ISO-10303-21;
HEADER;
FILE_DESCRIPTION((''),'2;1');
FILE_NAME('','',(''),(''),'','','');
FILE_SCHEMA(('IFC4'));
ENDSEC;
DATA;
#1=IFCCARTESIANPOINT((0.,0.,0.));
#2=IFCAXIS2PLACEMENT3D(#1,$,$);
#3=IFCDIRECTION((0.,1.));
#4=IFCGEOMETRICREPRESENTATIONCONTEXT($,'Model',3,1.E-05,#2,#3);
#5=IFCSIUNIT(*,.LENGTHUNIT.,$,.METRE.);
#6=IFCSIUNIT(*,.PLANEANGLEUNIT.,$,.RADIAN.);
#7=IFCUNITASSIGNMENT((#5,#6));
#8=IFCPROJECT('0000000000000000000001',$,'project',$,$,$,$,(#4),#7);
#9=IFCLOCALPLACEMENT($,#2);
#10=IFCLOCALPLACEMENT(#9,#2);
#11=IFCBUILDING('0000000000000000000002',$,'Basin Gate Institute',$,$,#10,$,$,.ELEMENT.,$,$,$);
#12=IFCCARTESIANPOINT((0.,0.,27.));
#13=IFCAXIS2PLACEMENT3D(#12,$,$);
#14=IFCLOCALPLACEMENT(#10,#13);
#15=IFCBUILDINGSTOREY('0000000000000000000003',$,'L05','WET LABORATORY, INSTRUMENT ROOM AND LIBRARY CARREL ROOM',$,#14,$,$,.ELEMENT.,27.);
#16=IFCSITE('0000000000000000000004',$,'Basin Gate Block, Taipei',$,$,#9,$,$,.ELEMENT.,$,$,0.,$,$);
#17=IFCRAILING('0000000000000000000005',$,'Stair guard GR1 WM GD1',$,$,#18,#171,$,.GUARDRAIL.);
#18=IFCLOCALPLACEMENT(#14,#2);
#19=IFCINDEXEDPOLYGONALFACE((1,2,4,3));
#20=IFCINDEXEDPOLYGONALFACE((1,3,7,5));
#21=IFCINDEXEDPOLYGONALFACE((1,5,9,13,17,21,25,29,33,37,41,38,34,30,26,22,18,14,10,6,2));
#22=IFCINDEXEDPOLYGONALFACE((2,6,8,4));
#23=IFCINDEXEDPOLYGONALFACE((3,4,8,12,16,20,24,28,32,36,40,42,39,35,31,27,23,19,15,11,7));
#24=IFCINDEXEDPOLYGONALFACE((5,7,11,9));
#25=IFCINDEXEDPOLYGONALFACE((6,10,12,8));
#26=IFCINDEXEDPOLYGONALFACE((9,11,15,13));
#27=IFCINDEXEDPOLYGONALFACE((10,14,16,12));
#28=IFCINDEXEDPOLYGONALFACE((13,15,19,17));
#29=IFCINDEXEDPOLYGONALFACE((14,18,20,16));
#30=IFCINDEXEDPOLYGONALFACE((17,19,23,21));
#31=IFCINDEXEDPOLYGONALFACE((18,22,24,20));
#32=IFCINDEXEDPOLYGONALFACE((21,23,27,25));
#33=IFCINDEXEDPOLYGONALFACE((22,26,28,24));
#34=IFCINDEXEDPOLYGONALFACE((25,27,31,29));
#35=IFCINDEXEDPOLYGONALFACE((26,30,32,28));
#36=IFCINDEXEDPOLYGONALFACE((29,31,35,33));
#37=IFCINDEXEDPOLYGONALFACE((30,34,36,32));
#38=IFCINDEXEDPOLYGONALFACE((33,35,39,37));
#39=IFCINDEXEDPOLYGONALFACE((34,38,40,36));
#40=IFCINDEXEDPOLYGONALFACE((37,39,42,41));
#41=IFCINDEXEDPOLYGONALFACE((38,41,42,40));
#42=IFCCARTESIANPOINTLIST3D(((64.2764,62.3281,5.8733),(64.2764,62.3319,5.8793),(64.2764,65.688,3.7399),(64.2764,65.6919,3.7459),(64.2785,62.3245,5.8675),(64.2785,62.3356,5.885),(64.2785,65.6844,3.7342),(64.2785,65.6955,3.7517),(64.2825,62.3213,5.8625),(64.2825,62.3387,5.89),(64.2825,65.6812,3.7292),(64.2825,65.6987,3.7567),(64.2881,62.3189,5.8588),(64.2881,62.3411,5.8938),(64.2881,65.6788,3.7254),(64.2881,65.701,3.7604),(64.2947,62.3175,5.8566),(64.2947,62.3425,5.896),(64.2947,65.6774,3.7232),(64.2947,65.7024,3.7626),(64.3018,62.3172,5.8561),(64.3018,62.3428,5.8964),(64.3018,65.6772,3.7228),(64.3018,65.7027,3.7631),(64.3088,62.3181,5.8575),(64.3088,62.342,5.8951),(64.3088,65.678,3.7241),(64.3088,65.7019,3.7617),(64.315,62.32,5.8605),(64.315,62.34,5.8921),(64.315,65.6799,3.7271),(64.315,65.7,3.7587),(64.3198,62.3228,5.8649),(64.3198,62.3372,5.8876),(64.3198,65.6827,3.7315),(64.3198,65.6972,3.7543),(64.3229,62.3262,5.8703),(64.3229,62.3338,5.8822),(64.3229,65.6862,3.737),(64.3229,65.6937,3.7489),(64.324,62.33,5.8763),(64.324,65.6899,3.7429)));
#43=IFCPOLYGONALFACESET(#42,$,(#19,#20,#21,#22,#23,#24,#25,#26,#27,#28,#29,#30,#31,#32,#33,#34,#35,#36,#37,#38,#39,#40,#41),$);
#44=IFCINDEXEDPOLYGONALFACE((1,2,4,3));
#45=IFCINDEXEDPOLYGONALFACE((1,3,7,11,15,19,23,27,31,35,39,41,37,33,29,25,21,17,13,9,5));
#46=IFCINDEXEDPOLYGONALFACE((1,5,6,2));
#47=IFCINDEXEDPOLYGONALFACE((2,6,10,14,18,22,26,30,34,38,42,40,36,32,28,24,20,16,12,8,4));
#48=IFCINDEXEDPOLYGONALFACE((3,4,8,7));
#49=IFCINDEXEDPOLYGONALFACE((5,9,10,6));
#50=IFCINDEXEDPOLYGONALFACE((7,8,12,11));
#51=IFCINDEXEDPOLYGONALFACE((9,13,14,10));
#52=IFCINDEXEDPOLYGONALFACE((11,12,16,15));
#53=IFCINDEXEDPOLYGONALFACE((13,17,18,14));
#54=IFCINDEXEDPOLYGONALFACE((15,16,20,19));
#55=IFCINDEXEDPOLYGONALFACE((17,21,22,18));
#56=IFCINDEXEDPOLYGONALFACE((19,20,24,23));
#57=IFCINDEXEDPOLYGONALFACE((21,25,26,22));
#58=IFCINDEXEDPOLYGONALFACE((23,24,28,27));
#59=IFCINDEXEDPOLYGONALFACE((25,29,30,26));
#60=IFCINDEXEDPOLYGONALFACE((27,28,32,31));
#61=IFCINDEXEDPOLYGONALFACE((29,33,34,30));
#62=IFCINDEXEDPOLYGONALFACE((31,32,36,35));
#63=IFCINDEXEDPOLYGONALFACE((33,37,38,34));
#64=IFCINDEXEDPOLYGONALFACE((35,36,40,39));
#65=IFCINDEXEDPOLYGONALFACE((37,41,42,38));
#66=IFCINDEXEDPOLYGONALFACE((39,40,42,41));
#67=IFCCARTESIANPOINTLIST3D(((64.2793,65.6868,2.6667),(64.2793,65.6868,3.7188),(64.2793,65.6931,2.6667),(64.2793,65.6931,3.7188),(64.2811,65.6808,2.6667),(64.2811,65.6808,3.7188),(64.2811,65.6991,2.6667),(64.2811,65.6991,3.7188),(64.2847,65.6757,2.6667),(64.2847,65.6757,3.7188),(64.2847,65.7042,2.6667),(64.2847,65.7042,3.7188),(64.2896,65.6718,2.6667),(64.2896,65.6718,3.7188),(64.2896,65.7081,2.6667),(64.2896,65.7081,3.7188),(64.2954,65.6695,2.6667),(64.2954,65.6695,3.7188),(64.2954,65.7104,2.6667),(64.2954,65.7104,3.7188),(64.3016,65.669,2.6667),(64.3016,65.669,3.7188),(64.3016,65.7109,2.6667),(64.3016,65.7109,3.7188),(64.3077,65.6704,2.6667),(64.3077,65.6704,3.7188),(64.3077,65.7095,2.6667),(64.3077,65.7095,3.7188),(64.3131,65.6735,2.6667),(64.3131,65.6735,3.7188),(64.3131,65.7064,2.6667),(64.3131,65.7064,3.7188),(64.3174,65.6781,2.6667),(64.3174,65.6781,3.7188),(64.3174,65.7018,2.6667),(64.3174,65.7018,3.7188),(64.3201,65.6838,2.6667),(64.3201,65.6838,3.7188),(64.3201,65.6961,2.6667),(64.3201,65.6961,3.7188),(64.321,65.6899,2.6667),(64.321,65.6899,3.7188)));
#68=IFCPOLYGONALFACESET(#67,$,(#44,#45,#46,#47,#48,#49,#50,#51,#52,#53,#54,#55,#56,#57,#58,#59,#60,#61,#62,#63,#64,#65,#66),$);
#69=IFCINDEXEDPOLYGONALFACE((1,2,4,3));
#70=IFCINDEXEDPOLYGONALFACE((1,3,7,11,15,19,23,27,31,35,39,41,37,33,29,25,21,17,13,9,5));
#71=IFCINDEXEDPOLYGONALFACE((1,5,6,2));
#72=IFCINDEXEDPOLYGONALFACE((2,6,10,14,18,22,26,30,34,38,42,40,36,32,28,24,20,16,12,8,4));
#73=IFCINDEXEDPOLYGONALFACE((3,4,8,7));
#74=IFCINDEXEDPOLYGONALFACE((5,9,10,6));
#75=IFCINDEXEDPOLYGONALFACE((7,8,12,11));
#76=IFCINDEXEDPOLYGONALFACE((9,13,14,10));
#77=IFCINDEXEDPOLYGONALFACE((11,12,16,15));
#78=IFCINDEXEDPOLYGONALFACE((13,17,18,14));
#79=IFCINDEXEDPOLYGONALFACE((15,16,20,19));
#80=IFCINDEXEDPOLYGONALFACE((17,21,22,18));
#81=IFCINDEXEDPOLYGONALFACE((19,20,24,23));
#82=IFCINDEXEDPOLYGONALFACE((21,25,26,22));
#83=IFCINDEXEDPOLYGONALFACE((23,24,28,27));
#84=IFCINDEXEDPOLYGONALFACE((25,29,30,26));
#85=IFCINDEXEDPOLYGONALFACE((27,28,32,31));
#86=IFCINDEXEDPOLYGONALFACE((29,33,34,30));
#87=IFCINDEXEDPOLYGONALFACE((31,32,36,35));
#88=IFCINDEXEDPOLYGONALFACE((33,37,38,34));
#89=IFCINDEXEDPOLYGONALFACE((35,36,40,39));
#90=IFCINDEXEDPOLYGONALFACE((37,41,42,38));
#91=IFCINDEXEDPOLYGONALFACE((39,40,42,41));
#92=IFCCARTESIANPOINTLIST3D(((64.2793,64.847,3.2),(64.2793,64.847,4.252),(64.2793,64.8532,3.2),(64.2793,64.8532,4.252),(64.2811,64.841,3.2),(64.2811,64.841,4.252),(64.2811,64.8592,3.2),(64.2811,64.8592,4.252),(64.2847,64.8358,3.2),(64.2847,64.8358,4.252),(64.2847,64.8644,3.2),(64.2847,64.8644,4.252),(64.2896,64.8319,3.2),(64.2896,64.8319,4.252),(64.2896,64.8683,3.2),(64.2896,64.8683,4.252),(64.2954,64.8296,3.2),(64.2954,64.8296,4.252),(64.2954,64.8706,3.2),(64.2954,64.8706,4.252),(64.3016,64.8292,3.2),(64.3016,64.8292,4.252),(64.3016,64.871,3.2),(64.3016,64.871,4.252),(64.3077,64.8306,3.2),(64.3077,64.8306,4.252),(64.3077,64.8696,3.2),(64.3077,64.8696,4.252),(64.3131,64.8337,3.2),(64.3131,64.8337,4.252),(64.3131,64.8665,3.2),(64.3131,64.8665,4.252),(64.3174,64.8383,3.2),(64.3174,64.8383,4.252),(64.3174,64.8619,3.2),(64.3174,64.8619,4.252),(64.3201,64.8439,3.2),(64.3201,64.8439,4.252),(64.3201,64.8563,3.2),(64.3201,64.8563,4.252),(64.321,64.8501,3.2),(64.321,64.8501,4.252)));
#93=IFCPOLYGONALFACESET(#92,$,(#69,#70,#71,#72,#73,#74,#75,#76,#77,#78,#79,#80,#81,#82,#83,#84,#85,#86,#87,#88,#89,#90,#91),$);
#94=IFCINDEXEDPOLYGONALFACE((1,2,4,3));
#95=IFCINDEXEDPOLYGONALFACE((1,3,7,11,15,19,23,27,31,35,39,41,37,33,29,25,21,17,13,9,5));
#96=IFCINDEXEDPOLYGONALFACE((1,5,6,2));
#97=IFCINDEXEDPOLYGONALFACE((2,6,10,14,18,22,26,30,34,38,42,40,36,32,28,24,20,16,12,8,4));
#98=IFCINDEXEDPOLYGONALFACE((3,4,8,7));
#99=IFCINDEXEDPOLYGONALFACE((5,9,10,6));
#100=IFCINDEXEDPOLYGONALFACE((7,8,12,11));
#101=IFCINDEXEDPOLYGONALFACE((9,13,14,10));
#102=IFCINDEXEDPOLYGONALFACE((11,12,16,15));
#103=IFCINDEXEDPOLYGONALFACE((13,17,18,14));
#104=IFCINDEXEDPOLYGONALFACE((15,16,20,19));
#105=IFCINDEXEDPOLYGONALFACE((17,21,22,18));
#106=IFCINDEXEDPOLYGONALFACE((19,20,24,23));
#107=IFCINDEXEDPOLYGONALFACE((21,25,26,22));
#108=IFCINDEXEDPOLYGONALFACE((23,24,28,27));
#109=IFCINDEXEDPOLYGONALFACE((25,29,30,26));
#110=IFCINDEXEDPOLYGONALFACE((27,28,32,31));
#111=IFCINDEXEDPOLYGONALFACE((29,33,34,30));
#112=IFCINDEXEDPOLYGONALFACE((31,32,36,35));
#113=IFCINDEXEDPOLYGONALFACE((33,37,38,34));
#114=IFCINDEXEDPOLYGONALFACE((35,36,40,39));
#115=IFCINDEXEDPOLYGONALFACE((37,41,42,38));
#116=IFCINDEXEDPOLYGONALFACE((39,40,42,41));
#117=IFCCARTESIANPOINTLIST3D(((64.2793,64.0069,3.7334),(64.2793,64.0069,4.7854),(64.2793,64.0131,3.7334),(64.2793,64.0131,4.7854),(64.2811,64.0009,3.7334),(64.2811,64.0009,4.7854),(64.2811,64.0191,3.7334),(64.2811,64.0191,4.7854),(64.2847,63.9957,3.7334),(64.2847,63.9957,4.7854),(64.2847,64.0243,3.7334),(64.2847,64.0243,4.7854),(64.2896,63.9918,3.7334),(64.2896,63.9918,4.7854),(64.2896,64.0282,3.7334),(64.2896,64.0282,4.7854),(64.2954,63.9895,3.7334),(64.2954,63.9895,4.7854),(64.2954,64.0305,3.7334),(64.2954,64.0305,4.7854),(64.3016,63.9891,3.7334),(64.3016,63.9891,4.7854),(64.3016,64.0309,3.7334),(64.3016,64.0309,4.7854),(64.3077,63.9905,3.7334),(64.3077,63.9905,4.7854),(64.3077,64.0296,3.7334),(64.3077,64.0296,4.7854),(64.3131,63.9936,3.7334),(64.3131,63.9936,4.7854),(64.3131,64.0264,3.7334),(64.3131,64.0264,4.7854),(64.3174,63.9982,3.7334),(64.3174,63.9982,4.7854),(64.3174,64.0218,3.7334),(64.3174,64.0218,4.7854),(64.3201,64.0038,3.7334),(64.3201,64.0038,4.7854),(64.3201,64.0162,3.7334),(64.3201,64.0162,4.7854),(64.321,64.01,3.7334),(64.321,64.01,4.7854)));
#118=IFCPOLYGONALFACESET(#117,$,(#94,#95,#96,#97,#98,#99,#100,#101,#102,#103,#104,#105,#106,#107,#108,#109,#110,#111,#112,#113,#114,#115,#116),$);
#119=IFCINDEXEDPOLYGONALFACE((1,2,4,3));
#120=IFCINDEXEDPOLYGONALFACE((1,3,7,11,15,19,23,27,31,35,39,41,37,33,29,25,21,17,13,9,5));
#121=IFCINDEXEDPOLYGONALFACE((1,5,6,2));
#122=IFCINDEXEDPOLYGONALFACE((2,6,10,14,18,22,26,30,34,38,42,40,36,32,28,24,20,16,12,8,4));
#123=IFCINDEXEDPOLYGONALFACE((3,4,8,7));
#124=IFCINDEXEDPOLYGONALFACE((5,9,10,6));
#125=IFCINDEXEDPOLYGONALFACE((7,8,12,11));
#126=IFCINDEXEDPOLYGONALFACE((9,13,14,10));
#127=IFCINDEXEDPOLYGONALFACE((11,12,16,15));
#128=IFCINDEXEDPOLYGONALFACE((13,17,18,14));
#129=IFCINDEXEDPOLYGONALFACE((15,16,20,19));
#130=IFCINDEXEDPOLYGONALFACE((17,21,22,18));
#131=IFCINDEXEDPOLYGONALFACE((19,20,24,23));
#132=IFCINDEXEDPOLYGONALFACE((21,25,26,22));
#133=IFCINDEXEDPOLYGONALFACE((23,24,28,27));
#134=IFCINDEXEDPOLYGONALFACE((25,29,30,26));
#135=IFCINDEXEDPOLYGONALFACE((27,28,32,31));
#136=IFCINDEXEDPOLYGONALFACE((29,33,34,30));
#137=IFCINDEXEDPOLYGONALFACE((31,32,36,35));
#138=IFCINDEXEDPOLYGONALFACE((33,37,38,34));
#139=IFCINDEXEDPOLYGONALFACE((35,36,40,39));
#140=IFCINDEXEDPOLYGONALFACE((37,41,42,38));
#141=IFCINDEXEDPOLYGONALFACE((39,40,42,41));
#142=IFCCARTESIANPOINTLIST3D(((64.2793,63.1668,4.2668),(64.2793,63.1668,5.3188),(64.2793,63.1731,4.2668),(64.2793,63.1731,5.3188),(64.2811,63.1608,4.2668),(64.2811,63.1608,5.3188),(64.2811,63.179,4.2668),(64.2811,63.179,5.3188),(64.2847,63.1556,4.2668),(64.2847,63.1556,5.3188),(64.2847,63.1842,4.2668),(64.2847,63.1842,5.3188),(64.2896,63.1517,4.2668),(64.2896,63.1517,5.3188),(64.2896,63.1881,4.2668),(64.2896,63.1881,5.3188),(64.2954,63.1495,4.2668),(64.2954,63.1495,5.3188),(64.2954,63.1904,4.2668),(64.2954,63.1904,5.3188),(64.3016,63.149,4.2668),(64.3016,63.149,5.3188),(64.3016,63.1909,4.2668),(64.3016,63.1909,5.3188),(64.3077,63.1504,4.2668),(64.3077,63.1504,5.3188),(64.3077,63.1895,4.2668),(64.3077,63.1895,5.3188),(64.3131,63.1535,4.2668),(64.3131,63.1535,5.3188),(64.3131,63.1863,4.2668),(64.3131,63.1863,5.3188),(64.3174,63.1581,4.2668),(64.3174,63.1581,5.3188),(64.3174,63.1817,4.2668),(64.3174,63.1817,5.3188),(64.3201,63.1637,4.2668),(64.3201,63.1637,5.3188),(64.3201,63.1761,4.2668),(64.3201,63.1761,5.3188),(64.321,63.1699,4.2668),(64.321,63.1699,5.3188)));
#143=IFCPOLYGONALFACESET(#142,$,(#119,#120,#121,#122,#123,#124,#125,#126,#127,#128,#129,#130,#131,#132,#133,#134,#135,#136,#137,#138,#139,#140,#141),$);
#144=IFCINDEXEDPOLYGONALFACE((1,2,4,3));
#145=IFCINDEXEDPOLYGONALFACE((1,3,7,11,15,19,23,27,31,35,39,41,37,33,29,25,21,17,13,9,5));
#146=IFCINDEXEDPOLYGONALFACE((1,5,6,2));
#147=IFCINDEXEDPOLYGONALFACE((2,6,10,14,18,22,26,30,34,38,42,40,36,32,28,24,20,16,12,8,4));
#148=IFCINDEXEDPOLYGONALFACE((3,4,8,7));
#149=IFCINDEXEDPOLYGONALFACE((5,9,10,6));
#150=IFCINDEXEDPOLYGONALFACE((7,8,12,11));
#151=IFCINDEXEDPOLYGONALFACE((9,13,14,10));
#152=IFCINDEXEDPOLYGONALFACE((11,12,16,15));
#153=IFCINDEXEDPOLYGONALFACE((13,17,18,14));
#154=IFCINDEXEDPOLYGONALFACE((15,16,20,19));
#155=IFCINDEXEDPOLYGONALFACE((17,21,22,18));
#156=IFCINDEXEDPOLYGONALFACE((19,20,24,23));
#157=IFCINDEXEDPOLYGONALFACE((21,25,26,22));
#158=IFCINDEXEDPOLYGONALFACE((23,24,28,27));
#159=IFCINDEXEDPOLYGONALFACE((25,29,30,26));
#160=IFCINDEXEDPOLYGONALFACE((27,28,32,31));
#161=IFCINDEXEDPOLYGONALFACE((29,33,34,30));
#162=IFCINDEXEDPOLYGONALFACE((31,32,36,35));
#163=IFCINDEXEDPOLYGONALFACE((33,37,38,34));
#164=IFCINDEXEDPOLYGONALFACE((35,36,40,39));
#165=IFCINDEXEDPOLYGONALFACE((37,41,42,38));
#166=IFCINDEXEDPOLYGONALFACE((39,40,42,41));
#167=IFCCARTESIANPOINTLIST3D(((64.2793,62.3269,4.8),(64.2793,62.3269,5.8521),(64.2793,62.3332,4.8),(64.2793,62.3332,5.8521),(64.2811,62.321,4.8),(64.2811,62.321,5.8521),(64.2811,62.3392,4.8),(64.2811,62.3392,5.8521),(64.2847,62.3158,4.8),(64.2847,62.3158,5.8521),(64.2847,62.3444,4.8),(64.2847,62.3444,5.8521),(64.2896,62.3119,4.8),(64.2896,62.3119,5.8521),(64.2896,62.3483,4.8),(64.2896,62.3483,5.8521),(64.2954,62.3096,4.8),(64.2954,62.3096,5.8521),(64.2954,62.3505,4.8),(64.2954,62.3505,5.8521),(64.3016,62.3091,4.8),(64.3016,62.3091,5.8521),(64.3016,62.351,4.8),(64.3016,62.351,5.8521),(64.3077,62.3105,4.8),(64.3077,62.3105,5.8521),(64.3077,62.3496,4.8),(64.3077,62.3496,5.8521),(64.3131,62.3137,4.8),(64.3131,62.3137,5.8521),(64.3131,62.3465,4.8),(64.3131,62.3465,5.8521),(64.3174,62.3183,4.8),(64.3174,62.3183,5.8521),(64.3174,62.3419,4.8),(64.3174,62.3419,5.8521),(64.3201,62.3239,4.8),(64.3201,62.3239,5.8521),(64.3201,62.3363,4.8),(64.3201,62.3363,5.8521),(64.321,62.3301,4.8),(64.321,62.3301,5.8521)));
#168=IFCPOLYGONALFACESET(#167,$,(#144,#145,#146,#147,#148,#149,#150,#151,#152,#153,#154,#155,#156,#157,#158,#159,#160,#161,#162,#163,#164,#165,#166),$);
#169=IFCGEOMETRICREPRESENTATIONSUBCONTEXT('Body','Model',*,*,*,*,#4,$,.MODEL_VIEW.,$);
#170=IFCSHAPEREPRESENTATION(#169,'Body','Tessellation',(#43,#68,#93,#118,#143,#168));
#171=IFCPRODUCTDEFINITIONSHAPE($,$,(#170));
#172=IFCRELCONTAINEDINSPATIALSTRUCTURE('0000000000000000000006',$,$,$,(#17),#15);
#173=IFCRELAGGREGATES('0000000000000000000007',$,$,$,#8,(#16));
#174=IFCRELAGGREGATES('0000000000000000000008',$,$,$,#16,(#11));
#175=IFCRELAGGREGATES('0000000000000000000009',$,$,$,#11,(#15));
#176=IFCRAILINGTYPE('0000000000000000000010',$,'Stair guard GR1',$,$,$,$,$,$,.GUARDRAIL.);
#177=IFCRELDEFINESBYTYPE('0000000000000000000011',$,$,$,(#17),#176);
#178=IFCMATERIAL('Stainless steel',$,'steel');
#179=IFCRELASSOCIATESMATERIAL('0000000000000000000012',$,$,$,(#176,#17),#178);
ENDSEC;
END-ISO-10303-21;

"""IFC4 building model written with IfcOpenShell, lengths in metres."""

from ifc_helpers import new_model, si_unit, direction, frame, origin, origin_2d, place, context, subcontext, project, spatial, circle, extrude, material, type_object, element, save


model = new_model("IFC4")

# Units and contexts
model_context = context("Model", 3, precision=1e-05, world=origin(), true_north=direction((0.0, 1.0)))
body_context = subcontext(model_context, "Body", "Model", "MODEL_VIEW")
ifc_project = project(units=[si_unit("LENGTHUNIT", "METRE"), si_unit("PLANEANGLEUNIT", "RADIAN")], contexts=[model_context])

# Site, building, storey
site_placement = place(None, origin())
site = spatial("IfcSite", under=ifc_project, at=site_placement, Name="Basin Gate Block, Taipei", CompositionType="ELEMENT", RefElevation=0.0)
building_placement = place(site_placement, origin())
building = spatial("IfcBuilding", under=site, at=building_placement, Name="Basin Gate Institute", CompositionType="ELEMENT")
storey_placement = place(building_placement, frame((0.0, 0.0, 27.0)))
storey = spatial("IfcBuildingStorey", under=building, at=storey_placement, Name="L05", Description="WET LABORATORY, INSTRUMENT ROOM AND LIBRARY CARREL ROOM", CompositionType="ELEMENT", Elevation=27.0)

# Railing
ifc_material_1 = material(Name="Stainless steel", Category="steel")
railing_type_1 = type_object("IfcRailingType", Name="Stair guard GR1", PredefinedType="GUARDRAIL", material=ifc_material_1)
railing_1_placement = place(storey_placement, frame((64.3, 65.6899, 2.6667)))
element("IfcRailing", 1, at=railing_1_placement, inside=storey, type_object=railing_type_1, material=ifc_material_1, Name="Stair guard GR1 WM GD1", PredefinedType="GUARDRAIL", context=body_context, shape_type="SweptSolid", body=[
    extrude(circle(Radius=0.0239, at=origin_2d()), frame((0.0, 0.0, 1.0762), z_axis=(0.0, -0.844207, 0.536018), x_axis=(1.0, 0.0, 0.0)), (0.0, 0.0, 1.0), 3.98),
    extrude(circle(Radius=0.021, at=origin_2d()), origin(), (0.0, 0.0, 1.0), 1.052),
    extrude(circle(Radius=0.021, at=origin_2d()), frame((0.0, -0.8398, 0.5332)), (0.0, 0.0, 1.0), 1.052),
    extrude(circle(Radius=0.021, at=origin_2d()), frame((0.0, -1.6799, 1.0667)), (0.0, 0.0, 1.0), 1.052),
    extrude(circle(Radius=0.021, at=origin_2d()), frame((0.0, -2.52, 1.6001)), (0.0, 0.0, 1.0), 1.052),
    extrude(circle(Radius=0.021, at=origin_2d()), frame((0.0, -3.3599, 2.1333)), (0.0, 0.0, 1.0), 1.052),
])

save(model, "model.ifc")
